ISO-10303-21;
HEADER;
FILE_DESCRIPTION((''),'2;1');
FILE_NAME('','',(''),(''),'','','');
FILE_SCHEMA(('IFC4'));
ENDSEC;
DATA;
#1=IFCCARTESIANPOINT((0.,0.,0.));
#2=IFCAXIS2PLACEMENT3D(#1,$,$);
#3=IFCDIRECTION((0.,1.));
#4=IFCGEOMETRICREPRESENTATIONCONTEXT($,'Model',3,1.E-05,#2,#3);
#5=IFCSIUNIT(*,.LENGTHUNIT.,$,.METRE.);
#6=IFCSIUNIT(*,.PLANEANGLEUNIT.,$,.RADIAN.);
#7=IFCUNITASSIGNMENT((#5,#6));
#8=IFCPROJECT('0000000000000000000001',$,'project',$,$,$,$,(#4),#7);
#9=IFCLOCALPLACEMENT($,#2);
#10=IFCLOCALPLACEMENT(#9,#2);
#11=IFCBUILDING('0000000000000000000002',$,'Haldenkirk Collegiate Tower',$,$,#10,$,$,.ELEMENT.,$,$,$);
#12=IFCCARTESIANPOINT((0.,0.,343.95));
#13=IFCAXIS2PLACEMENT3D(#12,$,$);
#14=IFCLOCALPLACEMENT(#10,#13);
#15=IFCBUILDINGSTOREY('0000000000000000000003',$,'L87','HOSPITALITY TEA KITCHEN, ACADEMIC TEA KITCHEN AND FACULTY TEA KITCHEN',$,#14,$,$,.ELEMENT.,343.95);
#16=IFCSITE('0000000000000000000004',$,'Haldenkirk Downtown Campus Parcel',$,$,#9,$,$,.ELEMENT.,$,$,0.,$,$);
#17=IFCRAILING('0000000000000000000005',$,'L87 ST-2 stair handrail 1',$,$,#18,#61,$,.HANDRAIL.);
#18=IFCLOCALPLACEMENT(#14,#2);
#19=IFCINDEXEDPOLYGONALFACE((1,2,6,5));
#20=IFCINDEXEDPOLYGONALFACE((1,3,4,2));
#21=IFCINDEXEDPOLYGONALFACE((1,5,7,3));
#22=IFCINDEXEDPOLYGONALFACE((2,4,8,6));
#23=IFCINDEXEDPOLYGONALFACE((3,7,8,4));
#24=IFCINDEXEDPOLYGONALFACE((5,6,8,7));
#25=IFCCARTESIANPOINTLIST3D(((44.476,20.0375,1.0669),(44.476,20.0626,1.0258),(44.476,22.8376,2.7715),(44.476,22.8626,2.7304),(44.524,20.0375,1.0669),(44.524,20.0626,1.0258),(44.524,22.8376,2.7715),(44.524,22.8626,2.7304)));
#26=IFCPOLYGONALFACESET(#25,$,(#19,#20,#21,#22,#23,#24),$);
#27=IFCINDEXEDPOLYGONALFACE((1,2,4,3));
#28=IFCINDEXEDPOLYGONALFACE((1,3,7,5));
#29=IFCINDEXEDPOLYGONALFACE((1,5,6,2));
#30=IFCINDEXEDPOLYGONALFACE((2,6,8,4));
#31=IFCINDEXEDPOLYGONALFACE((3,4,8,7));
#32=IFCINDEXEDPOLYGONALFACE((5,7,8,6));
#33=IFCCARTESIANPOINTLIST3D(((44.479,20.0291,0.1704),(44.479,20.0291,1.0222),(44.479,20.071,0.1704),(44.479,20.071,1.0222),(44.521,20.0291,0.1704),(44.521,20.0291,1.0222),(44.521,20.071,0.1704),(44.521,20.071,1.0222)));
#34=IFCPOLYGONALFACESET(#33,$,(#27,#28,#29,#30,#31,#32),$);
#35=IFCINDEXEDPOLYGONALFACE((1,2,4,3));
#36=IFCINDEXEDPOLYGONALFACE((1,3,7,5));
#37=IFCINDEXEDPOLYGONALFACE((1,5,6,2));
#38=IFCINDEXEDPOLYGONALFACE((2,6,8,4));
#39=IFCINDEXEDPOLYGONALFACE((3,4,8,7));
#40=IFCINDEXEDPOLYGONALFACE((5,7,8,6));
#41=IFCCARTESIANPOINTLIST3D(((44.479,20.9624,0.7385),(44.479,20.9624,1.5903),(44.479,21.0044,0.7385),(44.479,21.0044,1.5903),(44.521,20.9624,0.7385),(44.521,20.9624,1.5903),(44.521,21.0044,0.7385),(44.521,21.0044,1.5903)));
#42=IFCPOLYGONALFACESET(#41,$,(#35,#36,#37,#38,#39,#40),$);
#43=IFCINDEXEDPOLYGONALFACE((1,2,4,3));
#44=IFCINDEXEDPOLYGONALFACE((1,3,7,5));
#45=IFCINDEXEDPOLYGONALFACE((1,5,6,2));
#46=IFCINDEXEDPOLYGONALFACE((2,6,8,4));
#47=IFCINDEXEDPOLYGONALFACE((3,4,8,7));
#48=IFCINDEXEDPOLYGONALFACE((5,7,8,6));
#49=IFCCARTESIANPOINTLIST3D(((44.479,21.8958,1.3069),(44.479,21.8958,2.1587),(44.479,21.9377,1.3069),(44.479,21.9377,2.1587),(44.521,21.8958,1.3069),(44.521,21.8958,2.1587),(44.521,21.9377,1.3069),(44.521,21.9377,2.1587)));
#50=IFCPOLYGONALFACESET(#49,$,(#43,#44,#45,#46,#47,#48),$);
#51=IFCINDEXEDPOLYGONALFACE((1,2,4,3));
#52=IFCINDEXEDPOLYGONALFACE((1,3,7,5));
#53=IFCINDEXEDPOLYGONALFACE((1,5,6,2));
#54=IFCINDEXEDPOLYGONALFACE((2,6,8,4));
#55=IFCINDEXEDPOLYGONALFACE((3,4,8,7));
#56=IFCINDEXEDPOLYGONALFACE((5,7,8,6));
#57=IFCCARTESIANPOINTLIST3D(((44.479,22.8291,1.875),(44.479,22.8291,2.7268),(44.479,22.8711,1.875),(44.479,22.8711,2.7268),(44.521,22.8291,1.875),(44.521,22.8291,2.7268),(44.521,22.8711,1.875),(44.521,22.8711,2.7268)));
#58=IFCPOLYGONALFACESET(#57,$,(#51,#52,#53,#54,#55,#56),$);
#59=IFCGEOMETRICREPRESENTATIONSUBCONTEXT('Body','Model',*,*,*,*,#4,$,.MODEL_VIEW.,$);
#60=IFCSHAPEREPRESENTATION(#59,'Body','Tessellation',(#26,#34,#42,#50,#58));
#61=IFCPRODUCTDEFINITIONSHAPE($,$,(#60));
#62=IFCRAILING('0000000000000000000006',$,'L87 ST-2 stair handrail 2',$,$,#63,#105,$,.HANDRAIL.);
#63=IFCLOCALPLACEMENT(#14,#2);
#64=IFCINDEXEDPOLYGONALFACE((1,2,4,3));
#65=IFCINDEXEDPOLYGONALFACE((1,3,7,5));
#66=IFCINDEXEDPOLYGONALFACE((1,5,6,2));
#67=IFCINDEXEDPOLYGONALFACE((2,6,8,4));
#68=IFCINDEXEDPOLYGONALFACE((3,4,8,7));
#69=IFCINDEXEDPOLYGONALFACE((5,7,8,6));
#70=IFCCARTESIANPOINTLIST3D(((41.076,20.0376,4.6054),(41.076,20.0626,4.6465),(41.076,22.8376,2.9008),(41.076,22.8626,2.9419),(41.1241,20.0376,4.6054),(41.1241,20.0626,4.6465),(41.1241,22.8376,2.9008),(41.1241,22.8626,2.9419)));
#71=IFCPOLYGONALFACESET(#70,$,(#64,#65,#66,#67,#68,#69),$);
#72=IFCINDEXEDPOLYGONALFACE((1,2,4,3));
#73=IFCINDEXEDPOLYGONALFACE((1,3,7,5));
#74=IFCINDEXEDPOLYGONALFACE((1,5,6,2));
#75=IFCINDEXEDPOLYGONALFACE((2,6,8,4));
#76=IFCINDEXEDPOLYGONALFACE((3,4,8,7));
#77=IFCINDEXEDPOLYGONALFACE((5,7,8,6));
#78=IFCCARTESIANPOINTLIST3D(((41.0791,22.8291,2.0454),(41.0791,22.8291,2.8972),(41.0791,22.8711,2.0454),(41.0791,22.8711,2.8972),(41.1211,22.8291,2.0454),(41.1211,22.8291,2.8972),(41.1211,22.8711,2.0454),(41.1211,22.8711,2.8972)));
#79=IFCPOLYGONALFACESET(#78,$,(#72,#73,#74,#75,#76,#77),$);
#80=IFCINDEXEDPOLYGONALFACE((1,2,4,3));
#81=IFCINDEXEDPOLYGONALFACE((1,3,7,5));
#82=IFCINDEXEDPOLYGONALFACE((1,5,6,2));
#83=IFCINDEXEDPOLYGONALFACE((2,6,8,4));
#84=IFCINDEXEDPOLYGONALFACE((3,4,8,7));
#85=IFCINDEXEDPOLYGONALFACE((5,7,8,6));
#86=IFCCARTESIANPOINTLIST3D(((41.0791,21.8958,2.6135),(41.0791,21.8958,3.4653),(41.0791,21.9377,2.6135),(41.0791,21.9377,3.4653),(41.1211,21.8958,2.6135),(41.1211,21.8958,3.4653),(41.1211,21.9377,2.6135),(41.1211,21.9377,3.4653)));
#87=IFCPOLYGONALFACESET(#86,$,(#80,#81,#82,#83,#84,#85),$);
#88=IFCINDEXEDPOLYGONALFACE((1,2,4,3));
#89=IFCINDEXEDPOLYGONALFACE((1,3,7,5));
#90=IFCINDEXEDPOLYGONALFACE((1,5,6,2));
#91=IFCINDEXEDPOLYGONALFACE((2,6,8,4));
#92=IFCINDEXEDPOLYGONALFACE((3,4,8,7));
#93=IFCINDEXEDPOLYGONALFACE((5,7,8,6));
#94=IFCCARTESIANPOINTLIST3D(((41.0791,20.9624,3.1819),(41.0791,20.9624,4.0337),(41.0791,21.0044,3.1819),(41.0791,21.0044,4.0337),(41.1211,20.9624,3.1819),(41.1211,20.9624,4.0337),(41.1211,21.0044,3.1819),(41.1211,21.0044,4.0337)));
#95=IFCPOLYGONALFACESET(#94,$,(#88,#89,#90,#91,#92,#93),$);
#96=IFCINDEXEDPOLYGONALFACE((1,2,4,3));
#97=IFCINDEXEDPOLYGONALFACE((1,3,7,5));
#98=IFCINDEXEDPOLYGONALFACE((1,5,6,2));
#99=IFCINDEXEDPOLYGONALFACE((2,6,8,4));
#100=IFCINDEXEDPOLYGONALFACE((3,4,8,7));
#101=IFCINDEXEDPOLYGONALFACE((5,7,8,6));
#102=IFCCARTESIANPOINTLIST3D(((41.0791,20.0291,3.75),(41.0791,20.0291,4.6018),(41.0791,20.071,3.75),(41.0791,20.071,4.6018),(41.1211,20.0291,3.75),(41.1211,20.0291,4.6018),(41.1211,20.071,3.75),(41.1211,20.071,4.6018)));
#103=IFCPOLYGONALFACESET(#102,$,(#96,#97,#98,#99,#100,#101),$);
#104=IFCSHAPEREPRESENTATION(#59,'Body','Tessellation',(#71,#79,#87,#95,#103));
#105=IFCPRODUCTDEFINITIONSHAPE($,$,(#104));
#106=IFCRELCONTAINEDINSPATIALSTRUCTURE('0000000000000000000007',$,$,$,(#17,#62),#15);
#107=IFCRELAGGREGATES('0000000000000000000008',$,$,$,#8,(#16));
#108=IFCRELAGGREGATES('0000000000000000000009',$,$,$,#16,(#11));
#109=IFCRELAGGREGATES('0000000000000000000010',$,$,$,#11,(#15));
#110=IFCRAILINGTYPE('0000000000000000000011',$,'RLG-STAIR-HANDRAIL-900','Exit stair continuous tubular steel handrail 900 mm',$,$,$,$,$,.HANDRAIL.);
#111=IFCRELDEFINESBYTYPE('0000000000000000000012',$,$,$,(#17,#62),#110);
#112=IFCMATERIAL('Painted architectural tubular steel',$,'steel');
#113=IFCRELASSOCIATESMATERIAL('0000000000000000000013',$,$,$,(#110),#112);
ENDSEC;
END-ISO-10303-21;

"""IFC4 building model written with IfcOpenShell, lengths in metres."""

from ifc_helpers import new_model, si_unit, direction, frame, origin, origin_2d, place, context, subcontext, project, spatial, rectangle, extrude, material, type_object, element, save


model = new_model("IFC4")

# Units and contexts
model_context = context("Model", 3, precision=1e-05, world=origin(), true_north=direction((0.0, 1.0)))
body_context = subcontext(model_context, "Body", "Model", "MODEL_VIEW")
ifc_project = project(units=[si_unit("LENGTHUNIT", "METRE"), si_unit("PLANEANGLEUNIT", "RADIAN")], contexts=[model_context])

# Site, building, storey
site_placement = place(None, origin())
site = spatial("IfcSite", under=ifc_project, at=site_placement, Name="Haldenkirk Downtown Campus Parcel", CompositionType="ELEMENT", RefElevation=0.0)
building_placement = place(site_placement, origin())
building = spatial("IfcBuilding", under=site, at=building_placement, Name="Haldenkirk Collegiate Tower", CompositionType="ELEMENT")
storey_placement = place(building_placement, frame((0.0, 0.0, 343.95)))
storey = spatial("IfcBuildingStorey", under=building, at=storey_placement, Name="L87", Description="HOSPITALITY TEA KITCHEN, ACADEMIC TEA KITCHEN AND FACULTY TEA KITCHEN", CompositionType="ELEMENT", Elevation=343.95)

# Railings
ifc_material_1 = material(Name="Painted architectural tubular steel", Category="steel")
railing_type_1 = type_object("IfcRailingType", Name="RLG-STAIR-HANDRAIL-900", Description="Exit stair continuous tubular steel handrail 900 mm", PredefinedType="HANDRAIL", material=ifc_material_1)
railing_1_placement = place(storey_placement, frame((44.5, 20.05, 0.1704)))
element("IfcRailing", 1, at=railing_1_placement, inside=storey, type_object=railing_type_1, Name="L87 ST-2 stair handrail 1", PredefinedType="HANDRAIL", context=body_context, shape_type="SweptSolid", body=[
    extrude(rectangle(XDim=0.0481, YDim=0.0481, at=origin_2d()), frame((0.0, 0.0, 0.876), z_axis=(0.0, 0.85417, 0.519994), x_axis=(-1.0, 0.0, 0.0)), (0.0, 0.0, 1.0), 3.2781),
    extrude(rectangle(XDim=0.042, YDim=0.042, at=origin_2d()), origin(), (0.0, 0.0, 1.0), 0.8518),
    extrude(rectangle(XDim=0.042, YDim=0.042, at=origin_2d()), frame((0.0, 0.9333, 0.5681)), (0.0, 0.0, 1.0), 0.8518),
    extrude(rectangle(XDim=0.042, YDim=0.042, at=origin_2d()), frame((0.0, 1.8667, 1.1365)), (0.0, 0.0, 1.0), 0.8518),
    extrude(rectangle(XDim=0.042, YDim=0.042, at=origin_2d()), frame((0.0, 2.8, 1.7046)), (0.0, 0.0, 1.0), 0.8518),
])
railing_2_placement = place(storey_placement, frame((41.1001, 22.8501, 2.0454)))
element("IfcRailing", 2, at=railing_2_placement, inside=storey, type_object=railing_type_1, Name="L87 ST-2 stair handrail 2", PredefinedType="HANDRAIL", context=body_context, shape_type="SweptSolid", body=[
    extrude(rectangle(XDim=0.0481, YDim=0.0481, at=origin_2d()), frame((0.0, 0.0, 0.876), z_axis=(0.0, -0.85417, 0.519994), x_axis=(1.0, 0.0, 0.0)), (0.0, 0.0, 1.0), 3.2781),
    extrude(rectangle(XDim=0.042, YDim=0.042, at=origin_2d()), origin(), (0.0, 0.0, 1.0), 0.8518),
    extrude(rectangle(XDim=0.042, YDim=0.042, at=origin_2d()), frame((0.0, -0.9333, 0.5681)), (0.0, 0.0, 1.0), 0.8518),
    extrude(rectangle(XDim=0.042, YDim=0.042, at=origin_2d()), frame((0.0, -1.8667, 1.1365)), (0.0, 0.0, 1.0), 0.8518),
    extrude(rectangle(XDim=0.042, YDim=0.042, at=origin_2d()), frame((0.0, -2.8, 1.7046)), (0.0, 0.0, 1.0), 0.8518),
])

save(model, "model.ifc")
